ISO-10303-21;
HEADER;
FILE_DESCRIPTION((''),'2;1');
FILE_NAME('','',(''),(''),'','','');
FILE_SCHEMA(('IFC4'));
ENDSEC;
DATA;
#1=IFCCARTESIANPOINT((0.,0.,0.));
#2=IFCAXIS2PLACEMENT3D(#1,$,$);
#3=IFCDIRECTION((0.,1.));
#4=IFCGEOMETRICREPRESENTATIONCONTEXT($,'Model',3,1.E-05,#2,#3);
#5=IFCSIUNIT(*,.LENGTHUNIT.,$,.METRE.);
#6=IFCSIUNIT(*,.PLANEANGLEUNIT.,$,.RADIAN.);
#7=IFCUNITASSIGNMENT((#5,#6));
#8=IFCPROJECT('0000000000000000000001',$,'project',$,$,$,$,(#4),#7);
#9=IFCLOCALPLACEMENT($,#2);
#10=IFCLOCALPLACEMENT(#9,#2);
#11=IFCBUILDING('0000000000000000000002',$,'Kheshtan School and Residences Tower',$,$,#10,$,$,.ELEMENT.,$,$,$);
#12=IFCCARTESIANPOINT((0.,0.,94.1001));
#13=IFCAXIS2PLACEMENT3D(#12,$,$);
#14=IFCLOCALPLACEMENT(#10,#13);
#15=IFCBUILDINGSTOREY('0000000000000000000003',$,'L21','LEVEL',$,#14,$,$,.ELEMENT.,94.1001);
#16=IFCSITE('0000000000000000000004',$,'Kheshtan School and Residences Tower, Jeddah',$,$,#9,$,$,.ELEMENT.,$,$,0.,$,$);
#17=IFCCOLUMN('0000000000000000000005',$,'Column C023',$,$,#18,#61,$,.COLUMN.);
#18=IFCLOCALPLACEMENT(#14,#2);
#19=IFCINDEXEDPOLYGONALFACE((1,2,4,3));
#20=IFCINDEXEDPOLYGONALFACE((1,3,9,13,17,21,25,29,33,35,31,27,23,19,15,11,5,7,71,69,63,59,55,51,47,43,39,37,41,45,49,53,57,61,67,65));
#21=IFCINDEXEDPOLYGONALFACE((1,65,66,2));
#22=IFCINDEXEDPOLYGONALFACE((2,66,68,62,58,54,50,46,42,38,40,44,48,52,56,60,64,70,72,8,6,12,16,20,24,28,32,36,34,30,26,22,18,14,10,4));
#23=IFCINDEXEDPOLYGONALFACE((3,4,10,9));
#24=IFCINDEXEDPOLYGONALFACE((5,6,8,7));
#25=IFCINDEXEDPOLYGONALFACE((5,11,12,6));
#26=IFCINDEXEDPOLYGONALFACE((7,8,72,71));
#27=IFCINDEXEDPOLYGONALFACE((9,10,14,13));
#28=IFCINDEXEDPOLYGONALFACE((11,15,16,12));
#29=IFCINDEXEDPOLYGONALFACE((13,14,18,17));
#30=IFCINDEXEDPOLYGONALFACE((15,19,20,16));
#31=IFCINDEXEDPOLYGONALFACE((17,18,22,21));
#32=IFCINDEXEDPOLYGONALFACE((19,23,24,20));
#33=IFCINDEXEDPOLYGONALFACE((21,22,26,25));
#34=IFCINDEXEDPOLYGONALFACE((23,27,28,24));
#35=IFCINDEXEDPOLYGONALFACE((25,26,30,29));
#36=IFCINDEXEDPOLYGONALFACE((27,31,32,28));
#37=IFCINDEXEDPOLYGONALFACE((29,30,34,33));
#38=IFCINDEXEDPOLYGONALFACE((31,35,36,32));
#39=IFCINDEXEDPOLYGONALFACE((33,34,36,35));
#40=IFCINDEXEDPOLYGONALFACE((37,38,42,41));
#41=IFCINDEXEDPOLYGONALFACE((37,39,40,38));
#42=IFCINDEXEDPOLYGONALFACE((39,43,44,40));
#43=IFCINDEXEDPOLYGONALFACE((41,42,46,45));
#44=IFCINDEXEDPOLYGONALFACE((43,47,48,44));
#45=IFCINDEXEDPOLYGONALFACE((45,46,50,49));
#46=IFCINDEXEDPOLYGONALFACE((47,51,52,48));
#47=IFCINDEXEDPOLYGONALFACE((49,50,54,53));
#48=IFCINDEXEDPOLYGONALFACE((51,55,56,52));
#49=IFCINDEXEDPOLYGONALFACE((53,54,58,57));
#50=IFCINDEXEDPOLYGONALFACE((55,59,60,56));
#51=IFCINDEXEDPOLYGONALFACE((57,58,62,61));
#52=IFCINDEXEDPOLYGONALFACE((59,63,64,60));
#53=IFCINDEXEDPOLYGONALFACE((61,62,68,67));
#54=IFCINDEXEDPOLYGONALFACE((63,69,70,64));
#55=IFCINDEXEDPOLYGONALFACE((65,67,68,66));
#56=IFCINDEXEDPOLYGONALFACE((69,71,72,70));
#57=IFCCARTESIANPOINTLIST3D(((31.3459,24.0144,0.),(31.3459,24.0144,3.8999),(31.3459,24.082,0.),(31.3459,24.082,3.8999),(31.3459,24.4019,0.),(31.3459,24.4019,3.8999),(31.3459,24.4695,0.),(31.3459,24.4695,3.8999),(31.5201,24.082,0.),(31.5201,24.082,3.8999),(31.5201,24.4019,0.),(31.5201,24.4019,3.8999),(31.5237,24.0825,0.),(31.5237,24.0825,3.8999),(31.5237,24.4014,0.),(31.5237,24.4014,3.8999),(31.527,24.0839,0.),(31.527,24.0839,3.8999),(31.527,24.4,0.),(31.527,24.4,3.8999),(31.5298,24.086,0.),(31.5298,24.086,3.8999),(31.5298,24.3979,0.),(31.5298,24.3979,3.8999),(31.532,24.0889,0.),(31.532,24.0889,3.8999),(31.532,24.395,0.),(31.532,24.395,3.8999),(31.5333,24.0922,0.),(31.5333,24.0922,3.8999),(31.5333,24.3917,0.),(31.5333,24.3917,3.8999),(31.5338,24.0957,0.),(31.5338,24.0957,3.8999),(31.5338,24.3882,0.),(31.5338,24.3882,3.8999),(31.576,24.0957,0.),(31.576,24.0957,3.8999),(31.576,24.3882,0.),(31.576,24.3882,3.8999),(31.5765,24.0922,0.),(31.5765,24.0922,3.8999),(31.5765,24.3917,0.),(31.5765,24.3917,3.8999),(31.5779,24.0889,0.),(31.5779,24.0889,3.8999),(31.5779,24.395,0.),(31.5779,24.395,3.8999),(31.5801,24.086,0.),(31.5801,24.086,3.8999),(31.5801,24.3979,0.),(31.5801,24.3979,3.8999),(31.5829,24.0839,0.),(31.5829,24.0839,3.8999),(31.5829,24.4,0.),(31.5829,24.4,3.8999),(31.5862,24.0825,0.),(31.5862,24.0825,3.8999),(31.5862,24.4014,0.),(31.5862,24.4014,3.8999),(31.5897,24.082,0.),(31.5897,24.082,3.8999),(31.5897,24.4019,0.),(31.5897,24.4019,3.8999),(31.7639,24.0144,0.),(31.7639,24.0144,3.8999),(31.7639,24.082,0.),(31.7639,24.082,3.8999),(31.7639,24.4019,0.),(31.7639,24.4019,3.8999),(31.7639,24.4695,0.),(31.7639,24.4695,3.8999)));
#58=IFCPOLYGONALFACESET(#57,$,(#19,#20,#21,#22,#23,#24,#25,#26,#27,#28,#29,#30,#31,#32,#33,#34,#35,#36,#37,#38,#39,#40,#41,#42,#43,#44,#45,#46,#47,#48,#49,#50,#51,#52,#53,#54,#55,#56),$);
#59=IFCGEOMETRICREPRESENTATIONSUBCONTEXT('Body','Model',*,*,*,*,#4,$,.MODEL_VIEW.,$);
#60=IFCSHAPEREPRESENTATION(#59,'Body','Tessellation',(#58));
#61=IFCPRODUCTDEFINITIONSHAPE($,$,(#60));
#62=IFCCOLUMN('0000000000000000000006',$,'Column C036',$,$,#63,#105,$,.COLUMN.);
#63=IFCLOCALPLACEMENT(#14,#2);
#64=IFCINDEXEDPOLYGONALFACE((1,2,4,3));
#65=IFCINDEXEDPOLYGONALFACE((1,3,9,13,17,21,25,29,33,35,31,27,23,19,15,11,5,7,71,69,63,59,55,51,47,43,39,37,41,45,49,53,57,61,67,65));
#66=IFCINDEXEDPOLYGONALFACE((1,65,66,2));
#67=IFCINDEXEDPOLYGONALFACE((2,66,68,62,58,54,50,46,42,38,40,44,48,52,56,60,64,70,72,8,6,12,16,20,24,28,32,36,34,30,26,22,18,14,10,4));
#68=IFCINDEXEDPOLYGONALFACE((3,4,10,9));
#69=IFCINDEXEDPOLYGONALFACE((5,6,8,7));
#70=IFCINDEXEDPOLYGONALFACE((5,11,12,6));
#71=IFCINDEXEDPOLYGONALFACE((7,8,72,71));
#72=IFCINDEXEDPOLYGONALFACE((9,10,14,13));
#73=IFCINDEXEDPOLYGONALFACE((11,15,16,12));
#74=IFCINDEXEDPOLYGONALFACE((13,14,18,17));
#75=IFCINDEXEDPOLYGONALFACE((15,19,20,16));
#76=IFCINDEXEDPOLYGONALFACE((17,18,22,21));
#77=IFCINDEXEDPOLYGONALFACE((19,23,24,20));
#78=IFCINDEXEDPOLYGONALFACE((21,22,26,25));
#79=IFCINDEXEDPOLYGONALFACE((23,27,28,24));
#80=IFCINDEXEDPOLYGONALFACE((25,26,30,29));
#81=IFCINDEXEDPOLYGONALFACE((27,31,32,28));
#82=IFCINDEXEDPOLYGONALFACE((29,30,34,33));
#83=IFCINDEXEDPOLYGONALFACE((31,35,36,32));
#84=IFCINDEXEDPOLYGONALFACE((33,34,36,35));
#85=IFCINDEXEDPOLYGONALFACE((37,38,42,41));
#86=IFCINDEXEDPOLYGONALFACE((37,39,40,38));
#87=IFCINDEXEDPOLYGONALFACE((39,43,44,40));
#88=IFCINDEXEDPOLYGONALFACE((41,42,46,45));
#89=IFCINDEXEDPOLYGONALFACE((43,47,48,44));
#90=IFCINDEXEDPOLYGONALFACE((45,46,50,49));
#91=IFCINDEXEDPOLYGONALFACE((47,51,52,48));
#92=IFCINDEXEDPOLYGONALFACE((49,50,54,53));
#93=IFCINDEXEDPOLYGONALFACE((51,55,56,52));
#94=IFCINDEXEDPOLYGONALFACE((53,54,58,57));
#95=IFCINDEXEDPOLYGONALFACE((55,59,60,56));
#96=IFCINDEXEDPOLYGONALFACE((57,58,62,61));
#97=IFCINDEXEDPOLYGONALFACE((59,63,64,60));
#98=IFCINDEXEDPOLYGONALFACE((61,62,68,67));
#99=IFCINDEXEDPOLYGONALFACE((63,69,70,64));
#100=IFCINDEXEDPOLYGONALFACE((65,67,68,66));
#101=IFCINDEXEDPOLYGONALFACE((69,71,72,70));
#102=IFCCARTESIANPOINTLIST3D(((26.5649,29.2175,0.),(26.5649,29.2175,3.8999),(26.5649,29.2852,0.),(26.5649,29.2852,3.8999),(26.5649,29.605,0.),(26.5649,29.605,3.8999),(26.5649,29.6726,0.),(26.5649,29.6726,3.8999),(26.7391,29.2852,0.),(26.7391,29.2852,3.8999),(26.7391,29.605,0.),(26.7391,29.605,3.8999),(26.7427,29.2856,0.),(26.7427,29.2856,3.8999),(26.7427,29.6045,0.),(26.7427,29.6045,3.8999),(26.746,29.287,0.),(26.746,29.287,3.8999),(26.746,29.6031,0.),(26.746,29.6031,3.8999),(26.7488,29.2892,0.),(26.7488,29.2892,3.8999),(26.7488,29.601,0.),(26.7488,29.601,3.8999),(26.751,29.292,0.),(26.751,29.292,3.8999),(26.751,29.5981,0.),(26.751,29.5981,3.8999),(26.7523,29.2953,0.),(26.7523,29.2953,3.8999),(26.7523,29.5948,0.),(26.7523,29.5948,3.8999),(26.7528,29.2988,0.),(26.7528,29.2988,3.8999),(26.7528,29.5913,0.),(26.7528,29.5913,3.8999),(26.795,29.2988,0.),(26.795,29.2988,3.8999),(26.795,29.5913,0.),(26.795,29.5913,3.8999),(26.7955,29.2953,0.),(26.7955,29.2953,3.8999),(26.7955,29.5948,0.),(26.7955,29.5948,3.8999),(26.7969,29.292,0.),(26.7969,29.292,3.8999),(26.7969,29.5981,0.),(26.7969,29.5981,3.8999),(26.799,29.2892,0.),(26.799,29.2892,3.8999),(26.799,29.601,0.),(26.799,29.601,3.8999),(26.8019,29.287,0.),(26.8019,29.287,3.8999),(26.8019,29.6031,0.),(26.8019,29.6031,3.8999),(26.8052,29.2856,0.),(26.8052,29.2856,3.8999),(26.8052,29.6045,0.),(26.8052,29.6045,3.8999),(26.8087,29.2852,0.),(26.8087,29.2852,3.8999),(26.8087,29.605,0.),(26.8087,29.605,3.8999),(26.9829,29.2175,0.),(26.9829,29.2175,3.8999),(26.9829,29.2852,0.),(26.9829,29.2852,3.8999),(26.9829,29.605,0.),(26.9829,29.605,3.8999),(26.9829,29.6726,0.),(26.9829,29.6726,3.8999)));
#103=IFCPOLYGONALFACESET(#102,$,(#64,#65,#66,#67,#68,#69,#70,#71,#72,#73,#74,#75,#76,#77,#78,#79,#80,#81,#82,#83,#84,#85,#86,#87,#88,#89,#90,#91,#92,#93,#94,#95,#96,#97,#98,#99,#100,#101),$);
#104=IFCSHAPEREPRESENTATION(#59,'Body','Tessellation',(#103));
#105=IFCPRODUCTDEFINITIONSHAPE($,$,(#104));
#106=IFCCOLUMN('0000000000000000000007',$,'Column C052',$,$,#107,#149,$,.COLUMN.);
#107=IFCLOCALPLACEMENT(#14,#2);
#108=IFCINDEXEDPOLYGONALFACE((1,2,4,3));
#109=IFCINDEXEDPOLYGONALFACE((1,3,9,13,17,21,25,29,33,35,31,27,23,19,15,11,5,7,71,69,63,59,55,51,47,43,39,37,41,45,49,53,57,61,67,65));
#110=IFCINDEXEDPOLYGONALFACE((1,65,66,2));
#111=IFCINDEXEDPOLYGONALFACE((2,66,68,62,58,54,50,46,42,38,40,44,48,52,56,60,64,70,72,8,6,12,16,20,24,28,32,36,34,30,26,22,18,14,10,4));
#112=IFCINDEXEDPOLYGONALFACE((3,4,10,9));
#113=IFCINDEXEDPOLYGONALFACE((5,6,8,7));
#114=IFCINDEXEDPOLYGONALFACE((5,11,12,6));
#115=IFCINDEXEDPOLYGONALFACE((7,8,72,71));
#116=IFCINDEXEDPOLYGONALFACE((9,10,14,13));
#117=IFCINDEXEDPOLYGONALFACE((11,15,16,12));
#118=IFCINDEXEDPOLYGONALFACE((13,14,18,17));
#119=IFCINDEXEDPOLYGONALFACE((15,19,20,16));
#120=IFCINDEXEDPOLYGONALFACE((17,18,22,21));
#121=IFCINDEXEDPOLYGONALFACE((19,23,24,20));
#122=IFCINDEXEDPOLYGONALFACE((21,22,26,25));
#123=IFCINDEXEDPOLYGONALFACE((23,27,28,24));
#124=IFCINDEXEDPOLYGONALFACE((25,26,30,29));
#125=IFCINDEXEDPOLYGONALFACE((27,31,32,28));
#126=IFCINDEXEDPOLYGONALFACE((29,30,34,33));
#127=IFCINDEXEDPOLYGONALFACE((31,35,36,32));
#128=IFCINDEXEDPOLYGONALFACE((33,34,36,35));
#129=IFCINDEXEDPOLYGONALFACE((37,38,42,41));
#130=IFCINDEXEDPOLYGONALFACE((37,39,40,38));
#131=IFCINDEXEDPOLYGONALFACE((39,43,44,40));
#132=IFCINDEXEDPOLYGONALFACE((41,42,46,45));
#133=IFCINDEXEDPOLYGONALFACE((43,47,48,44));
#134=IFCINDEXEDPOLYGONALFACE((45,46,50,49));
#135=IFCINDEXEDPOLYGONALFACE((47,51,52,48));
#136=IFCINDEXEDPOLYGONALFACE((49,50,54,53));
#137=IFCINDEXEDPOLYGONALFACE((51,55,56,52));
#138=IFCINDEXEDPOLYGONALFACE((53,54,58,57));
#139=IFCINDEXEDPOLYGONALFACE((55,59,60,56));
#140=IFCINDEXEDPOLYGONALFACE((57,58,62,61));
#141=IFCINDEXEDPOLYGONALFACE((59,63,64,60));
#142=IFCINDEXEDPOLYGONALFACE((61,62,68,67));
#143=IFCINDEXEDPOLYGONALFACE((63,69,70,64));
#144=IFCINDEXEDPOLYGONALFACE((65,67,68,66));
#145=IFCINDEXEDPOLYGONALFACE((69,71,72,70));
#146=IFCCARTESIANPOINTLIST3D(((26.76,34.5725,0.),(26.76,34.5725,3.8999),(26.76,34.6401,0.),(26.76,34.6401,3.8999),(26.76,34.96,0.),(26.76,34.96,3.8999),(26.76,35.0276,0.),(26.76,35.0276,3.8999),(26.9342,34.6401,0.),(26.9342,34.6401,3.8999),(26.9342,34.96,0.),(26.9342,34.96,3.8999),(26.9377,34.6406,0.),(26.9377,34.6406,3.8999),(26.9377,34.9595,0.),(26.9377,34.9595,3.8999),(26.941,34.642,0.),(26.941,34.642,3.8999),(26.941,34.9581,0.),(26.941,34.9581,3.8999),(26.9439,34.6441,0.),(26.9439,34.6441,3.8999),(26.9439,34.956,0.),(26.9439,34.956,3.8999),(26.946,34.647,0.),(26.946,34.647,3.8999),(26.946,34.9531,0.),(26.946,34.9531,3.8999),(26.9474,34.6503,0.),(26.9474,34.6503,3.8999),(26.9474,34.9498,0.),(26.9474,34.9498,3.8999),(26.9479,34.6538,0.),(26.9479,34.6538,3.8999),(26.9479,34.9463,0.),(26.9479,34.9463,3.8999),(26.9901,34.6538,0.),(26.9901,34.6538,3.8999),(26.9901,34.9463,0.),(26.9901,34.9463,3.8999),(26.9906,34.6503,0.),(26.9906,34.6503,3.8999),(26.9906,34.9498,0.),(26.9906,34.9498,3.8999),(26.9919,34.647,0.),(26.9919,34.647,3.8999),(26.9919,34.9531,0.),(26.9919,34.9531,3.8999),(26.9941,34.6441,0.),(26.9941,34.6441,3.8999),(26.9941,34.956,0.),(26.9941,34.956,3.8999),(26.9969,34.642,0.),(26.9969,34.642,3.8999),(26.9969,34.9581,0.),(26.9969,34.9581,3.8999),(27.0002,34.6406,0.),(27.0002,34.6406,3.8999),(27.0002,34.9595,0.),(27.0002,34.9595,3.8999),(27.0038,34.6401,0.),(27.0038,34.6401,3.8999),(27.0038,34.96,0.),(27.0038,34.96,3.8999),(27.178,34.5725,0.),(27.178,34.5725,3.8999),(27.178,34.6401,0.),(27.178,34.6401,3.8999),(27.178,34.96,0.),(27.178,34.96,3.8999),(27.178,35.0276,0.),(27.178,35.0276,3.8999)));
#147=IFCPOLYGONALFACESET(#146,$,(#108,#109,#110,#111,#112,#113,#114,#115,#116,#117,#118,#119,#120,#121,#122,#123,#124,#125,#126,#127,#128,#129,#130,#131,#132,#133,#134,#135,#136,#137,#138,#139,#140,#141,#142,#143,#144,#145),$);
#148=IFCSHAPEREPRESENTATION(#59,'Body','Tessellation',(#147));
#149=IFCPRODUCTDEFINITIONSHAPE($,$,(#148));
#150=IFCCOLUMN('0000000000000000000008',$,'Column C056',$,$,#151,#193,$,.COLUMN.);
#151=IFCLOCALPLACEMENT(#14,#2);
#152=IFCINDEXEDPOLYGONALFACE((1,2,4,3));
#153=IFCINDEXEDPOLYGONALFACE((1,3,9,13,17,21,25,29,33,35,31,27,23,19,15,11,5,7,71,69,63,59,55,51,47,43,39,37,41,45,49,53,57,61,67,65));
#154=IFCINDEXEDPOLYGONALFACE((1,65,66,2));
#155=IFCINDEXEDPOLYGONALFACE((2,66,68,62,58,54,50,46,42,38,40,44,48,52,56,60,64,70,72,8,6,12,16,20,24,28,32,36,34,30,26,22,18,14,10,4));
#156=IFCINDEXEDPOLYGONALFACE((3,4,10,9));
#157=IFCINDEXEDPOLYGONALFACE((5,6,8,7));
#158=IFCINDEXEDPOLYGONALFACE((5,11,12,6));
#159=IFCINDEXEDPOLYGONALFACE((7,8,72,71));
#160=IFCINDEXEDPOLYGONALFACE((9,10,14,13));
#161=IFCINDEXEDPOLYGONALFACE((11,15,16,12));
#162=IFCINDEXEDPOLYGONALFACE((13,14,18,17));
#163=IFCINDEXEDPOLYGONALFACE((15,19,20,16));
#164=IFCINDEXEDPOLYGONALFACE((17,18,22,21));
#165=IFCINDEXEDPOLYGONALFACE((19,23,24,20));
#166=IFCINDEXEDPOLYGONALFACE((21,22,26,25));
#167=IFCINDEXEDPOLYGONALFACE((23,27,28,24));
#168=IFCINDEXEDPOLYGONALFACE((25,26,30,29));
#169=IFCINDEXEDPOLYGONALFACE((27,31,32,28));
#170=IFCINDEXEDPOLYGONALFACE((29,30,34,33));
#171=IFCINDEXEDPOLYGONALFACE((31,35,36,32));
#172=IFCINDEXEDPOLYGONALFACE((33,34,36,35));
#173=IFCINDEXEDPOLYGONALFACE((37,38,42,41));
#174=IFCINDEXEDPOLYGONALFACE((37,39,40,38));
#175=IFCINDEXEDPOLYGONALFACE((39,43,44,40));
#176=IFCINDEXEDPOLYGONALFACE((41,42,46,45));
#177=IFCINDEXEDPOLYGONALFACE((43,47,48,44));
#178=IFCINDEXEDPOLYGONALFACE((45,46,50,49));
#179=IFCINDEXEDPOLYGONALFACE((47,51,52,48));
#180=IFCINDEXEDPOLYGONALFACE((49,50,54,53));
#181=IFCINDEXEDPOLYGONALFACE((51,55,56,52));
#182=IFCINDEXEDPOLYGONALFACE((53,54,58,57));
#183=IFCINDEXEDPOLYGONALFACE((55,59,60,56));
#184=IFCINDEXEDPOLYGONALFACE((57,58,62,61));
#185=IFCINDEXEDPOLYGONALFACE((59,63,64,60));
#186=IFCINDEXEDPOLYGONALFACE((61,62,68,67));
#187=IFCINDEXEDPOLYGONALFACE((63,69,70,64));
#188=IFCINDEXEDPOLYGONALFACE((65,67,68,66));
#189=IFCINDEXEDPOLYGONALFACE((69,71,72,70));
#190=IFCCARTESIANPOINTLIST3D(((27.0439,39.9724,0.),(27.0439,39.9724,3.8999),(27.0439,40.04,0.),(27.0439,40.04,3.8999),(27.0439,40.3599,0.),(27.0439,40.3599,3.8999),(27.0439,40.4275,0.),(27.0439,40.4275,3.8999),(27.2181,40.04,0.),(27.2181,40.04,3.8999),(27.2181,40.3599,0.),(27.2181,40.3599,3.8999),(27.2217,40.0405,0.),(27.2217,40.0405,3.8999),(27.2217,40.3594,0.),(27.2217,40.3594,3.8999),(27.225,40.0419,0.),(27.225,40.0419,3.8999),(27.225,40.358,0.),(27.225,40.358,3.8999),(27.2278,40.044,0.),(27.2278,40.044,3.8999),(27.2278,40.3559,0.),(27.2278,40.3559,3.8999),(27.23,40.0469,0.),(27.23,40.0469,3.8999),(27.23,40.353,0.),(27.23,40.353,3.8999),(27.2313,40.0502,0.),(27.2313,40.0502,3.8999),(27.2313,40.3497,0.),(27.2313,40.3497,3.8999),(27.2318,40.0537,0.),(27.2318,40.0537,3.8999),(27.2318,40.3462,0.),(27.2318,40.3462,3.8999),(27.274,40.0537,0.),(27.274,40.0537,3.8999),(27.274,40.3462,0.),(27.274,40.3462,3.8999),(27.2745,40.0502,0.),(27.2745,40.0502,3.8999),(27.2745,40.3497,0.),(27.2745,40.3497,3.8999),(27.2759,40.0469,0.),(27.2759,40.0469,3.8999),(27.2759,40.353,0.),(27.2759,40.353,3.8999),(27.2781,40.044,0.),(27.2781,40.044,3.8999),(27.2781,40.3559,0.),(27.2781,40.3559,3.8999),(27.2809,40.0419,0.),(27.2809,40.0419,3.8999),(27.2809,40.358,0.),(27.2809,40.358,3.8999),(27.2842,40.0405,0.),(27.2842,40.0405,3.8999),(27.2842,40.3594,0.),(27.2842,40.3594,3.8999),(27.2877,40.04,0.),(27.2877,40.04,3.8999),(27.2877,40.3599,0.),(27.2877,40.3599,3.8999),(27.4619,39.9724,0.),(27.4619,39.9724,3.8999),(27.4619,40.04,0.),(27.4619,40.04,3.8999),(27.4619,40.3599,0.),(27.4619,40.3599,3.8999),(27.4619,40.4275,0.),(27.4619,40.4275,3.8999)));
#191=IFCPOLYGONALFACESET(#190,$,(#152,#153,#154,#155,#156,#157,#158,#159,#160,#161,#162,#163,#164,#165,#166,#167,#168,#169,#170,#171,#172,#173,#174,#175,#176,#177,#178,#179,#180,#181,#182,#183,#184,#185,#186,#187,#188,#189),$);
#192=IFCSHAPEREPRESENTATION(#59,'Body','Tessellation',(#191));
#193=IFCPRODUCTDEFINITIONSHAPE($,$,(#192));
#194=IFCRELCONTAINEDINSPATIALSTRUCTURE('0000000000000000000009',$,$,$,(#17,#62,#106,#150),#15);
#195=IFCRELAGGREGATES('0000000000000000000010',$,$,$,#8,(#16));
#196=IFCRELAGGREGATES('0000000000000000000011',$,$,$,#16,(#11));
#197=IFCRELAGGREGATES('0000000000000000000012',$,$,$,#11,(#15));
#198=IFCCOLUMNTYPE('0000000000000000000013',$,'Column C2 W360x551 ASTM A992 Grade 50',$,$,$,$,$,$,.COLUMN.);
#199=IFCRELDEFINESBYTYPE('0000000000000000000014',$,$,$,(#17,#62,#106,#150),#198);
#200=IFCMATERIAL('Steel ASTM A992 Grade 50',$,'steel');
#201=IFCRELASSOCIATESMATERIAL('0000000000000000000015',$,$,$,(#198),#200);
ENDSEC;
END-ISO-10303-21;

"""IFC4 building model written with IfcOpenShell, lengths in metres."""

from ifc_helpers import new_model, si_unit, direction, frame, origin, origin_2d, place, context, subcontext, project, spatial, i_section, extrude, material, material_profile, profile_set, type_object, element, save


model = new_model("IFC4")

# Units and contexts
model_context = context("Model", 3, precision=1e-05, world=origin(), true_north=direction((0.0, 1.0)))
body_context = subcontext(model_context, "Body", "Model", "MODEL_VIEW")
ifc_project = project(units=[si_unit("LENGTHUNIT", "METRE"), si_unit("PLANEANGLEUNIT", "RADIAN")], contexts=[model_context])

# Site, building, storey
site_placement = place(None, origin())
site = spatial("IfcSite", under=ifc_project, at=site_placement, Name="Kheshtan School and Residences Tower, Jeddah", CompositionType="ELEMENT", RefElevation=0.0)
building_placement = place(site_placement, origin())
building = spatial("IfcBuilding", under=site, at=building_placement, Name="Kheshtan School and Residences Tower", CompositionType="ELEMENT")
storey_placement = place(building_placement, frame((0.0, 0.0, 94.1001)))
storey = spatial("IfcBuildingStorey", under=building, at=storey_placement, Name="L21", Description="LEVEL", CompositionType="ELEMENT", Elevation=94.1001)

# Columns
ifc_material_1 = material(Name="Steel ASTM A992 Grade 50", Category="steel")
ifc_material_profile_1 = material_profile(ifc_material_1, i_section(OverallWidth=0.418, OverallDepth=0.4551, WebThickness=0.0422, FlangeThickness=0.0676, FilletRadius=0.0137, at=origin_2d()), Name="W360x551")
ifc_profile_set_1 = profile_set([ifc_material_profile_1], Name="Steel ASTM A992 Grade 50")
column_type = type_object("IfcColumnType", Name="Column C2 W360x551 ASTM A992 Grade 50", PredefinedType="COLUMN", material=ifc_profile_set_1)
for number, where, z_axis, x_axis, name in (
    (1, (31.5549, 24.2419, 0.0), (0.0, 0.0, 1.0), (1.0, 0.0, 0.0), "Column C023"),
    (2, (26.7739, 29.4451, 0.0), (0.0, 0.0, 1.0), (1.0, 0.0, 0.0), "Column C036"),
    (3, (26.969, 34.8, 0.0), (0.0, 0.0, 1.0), (1.0, 0.0, 0.0), "Column C052"),
    (4, (27.2529, 40.2, 0.0), (0.0, 0.0, 1.0), (1.0, 0.0, 0.0), "Column C056"),
):
    element("IfcColumn", number, at=place(storey_placement, frame(where, z_axis=z_axis, x_axis=x_axis)), inside=storey, type_object=column_type, Name=name, PredefinedType="COLUMN", context=body_context, shape_type="SweptSolid", body=[
        extrude(i_section(OverallWidth=0.418, OverallDepth=0.4551, WebThickness=0.0422, FlangeThickness=0.0676, FilletRadius=0.0137, at=origin_2d()), origin(), (0.0, 0.0, 1.0), 3.8999),
    ])

save(model, "model.ifc")
